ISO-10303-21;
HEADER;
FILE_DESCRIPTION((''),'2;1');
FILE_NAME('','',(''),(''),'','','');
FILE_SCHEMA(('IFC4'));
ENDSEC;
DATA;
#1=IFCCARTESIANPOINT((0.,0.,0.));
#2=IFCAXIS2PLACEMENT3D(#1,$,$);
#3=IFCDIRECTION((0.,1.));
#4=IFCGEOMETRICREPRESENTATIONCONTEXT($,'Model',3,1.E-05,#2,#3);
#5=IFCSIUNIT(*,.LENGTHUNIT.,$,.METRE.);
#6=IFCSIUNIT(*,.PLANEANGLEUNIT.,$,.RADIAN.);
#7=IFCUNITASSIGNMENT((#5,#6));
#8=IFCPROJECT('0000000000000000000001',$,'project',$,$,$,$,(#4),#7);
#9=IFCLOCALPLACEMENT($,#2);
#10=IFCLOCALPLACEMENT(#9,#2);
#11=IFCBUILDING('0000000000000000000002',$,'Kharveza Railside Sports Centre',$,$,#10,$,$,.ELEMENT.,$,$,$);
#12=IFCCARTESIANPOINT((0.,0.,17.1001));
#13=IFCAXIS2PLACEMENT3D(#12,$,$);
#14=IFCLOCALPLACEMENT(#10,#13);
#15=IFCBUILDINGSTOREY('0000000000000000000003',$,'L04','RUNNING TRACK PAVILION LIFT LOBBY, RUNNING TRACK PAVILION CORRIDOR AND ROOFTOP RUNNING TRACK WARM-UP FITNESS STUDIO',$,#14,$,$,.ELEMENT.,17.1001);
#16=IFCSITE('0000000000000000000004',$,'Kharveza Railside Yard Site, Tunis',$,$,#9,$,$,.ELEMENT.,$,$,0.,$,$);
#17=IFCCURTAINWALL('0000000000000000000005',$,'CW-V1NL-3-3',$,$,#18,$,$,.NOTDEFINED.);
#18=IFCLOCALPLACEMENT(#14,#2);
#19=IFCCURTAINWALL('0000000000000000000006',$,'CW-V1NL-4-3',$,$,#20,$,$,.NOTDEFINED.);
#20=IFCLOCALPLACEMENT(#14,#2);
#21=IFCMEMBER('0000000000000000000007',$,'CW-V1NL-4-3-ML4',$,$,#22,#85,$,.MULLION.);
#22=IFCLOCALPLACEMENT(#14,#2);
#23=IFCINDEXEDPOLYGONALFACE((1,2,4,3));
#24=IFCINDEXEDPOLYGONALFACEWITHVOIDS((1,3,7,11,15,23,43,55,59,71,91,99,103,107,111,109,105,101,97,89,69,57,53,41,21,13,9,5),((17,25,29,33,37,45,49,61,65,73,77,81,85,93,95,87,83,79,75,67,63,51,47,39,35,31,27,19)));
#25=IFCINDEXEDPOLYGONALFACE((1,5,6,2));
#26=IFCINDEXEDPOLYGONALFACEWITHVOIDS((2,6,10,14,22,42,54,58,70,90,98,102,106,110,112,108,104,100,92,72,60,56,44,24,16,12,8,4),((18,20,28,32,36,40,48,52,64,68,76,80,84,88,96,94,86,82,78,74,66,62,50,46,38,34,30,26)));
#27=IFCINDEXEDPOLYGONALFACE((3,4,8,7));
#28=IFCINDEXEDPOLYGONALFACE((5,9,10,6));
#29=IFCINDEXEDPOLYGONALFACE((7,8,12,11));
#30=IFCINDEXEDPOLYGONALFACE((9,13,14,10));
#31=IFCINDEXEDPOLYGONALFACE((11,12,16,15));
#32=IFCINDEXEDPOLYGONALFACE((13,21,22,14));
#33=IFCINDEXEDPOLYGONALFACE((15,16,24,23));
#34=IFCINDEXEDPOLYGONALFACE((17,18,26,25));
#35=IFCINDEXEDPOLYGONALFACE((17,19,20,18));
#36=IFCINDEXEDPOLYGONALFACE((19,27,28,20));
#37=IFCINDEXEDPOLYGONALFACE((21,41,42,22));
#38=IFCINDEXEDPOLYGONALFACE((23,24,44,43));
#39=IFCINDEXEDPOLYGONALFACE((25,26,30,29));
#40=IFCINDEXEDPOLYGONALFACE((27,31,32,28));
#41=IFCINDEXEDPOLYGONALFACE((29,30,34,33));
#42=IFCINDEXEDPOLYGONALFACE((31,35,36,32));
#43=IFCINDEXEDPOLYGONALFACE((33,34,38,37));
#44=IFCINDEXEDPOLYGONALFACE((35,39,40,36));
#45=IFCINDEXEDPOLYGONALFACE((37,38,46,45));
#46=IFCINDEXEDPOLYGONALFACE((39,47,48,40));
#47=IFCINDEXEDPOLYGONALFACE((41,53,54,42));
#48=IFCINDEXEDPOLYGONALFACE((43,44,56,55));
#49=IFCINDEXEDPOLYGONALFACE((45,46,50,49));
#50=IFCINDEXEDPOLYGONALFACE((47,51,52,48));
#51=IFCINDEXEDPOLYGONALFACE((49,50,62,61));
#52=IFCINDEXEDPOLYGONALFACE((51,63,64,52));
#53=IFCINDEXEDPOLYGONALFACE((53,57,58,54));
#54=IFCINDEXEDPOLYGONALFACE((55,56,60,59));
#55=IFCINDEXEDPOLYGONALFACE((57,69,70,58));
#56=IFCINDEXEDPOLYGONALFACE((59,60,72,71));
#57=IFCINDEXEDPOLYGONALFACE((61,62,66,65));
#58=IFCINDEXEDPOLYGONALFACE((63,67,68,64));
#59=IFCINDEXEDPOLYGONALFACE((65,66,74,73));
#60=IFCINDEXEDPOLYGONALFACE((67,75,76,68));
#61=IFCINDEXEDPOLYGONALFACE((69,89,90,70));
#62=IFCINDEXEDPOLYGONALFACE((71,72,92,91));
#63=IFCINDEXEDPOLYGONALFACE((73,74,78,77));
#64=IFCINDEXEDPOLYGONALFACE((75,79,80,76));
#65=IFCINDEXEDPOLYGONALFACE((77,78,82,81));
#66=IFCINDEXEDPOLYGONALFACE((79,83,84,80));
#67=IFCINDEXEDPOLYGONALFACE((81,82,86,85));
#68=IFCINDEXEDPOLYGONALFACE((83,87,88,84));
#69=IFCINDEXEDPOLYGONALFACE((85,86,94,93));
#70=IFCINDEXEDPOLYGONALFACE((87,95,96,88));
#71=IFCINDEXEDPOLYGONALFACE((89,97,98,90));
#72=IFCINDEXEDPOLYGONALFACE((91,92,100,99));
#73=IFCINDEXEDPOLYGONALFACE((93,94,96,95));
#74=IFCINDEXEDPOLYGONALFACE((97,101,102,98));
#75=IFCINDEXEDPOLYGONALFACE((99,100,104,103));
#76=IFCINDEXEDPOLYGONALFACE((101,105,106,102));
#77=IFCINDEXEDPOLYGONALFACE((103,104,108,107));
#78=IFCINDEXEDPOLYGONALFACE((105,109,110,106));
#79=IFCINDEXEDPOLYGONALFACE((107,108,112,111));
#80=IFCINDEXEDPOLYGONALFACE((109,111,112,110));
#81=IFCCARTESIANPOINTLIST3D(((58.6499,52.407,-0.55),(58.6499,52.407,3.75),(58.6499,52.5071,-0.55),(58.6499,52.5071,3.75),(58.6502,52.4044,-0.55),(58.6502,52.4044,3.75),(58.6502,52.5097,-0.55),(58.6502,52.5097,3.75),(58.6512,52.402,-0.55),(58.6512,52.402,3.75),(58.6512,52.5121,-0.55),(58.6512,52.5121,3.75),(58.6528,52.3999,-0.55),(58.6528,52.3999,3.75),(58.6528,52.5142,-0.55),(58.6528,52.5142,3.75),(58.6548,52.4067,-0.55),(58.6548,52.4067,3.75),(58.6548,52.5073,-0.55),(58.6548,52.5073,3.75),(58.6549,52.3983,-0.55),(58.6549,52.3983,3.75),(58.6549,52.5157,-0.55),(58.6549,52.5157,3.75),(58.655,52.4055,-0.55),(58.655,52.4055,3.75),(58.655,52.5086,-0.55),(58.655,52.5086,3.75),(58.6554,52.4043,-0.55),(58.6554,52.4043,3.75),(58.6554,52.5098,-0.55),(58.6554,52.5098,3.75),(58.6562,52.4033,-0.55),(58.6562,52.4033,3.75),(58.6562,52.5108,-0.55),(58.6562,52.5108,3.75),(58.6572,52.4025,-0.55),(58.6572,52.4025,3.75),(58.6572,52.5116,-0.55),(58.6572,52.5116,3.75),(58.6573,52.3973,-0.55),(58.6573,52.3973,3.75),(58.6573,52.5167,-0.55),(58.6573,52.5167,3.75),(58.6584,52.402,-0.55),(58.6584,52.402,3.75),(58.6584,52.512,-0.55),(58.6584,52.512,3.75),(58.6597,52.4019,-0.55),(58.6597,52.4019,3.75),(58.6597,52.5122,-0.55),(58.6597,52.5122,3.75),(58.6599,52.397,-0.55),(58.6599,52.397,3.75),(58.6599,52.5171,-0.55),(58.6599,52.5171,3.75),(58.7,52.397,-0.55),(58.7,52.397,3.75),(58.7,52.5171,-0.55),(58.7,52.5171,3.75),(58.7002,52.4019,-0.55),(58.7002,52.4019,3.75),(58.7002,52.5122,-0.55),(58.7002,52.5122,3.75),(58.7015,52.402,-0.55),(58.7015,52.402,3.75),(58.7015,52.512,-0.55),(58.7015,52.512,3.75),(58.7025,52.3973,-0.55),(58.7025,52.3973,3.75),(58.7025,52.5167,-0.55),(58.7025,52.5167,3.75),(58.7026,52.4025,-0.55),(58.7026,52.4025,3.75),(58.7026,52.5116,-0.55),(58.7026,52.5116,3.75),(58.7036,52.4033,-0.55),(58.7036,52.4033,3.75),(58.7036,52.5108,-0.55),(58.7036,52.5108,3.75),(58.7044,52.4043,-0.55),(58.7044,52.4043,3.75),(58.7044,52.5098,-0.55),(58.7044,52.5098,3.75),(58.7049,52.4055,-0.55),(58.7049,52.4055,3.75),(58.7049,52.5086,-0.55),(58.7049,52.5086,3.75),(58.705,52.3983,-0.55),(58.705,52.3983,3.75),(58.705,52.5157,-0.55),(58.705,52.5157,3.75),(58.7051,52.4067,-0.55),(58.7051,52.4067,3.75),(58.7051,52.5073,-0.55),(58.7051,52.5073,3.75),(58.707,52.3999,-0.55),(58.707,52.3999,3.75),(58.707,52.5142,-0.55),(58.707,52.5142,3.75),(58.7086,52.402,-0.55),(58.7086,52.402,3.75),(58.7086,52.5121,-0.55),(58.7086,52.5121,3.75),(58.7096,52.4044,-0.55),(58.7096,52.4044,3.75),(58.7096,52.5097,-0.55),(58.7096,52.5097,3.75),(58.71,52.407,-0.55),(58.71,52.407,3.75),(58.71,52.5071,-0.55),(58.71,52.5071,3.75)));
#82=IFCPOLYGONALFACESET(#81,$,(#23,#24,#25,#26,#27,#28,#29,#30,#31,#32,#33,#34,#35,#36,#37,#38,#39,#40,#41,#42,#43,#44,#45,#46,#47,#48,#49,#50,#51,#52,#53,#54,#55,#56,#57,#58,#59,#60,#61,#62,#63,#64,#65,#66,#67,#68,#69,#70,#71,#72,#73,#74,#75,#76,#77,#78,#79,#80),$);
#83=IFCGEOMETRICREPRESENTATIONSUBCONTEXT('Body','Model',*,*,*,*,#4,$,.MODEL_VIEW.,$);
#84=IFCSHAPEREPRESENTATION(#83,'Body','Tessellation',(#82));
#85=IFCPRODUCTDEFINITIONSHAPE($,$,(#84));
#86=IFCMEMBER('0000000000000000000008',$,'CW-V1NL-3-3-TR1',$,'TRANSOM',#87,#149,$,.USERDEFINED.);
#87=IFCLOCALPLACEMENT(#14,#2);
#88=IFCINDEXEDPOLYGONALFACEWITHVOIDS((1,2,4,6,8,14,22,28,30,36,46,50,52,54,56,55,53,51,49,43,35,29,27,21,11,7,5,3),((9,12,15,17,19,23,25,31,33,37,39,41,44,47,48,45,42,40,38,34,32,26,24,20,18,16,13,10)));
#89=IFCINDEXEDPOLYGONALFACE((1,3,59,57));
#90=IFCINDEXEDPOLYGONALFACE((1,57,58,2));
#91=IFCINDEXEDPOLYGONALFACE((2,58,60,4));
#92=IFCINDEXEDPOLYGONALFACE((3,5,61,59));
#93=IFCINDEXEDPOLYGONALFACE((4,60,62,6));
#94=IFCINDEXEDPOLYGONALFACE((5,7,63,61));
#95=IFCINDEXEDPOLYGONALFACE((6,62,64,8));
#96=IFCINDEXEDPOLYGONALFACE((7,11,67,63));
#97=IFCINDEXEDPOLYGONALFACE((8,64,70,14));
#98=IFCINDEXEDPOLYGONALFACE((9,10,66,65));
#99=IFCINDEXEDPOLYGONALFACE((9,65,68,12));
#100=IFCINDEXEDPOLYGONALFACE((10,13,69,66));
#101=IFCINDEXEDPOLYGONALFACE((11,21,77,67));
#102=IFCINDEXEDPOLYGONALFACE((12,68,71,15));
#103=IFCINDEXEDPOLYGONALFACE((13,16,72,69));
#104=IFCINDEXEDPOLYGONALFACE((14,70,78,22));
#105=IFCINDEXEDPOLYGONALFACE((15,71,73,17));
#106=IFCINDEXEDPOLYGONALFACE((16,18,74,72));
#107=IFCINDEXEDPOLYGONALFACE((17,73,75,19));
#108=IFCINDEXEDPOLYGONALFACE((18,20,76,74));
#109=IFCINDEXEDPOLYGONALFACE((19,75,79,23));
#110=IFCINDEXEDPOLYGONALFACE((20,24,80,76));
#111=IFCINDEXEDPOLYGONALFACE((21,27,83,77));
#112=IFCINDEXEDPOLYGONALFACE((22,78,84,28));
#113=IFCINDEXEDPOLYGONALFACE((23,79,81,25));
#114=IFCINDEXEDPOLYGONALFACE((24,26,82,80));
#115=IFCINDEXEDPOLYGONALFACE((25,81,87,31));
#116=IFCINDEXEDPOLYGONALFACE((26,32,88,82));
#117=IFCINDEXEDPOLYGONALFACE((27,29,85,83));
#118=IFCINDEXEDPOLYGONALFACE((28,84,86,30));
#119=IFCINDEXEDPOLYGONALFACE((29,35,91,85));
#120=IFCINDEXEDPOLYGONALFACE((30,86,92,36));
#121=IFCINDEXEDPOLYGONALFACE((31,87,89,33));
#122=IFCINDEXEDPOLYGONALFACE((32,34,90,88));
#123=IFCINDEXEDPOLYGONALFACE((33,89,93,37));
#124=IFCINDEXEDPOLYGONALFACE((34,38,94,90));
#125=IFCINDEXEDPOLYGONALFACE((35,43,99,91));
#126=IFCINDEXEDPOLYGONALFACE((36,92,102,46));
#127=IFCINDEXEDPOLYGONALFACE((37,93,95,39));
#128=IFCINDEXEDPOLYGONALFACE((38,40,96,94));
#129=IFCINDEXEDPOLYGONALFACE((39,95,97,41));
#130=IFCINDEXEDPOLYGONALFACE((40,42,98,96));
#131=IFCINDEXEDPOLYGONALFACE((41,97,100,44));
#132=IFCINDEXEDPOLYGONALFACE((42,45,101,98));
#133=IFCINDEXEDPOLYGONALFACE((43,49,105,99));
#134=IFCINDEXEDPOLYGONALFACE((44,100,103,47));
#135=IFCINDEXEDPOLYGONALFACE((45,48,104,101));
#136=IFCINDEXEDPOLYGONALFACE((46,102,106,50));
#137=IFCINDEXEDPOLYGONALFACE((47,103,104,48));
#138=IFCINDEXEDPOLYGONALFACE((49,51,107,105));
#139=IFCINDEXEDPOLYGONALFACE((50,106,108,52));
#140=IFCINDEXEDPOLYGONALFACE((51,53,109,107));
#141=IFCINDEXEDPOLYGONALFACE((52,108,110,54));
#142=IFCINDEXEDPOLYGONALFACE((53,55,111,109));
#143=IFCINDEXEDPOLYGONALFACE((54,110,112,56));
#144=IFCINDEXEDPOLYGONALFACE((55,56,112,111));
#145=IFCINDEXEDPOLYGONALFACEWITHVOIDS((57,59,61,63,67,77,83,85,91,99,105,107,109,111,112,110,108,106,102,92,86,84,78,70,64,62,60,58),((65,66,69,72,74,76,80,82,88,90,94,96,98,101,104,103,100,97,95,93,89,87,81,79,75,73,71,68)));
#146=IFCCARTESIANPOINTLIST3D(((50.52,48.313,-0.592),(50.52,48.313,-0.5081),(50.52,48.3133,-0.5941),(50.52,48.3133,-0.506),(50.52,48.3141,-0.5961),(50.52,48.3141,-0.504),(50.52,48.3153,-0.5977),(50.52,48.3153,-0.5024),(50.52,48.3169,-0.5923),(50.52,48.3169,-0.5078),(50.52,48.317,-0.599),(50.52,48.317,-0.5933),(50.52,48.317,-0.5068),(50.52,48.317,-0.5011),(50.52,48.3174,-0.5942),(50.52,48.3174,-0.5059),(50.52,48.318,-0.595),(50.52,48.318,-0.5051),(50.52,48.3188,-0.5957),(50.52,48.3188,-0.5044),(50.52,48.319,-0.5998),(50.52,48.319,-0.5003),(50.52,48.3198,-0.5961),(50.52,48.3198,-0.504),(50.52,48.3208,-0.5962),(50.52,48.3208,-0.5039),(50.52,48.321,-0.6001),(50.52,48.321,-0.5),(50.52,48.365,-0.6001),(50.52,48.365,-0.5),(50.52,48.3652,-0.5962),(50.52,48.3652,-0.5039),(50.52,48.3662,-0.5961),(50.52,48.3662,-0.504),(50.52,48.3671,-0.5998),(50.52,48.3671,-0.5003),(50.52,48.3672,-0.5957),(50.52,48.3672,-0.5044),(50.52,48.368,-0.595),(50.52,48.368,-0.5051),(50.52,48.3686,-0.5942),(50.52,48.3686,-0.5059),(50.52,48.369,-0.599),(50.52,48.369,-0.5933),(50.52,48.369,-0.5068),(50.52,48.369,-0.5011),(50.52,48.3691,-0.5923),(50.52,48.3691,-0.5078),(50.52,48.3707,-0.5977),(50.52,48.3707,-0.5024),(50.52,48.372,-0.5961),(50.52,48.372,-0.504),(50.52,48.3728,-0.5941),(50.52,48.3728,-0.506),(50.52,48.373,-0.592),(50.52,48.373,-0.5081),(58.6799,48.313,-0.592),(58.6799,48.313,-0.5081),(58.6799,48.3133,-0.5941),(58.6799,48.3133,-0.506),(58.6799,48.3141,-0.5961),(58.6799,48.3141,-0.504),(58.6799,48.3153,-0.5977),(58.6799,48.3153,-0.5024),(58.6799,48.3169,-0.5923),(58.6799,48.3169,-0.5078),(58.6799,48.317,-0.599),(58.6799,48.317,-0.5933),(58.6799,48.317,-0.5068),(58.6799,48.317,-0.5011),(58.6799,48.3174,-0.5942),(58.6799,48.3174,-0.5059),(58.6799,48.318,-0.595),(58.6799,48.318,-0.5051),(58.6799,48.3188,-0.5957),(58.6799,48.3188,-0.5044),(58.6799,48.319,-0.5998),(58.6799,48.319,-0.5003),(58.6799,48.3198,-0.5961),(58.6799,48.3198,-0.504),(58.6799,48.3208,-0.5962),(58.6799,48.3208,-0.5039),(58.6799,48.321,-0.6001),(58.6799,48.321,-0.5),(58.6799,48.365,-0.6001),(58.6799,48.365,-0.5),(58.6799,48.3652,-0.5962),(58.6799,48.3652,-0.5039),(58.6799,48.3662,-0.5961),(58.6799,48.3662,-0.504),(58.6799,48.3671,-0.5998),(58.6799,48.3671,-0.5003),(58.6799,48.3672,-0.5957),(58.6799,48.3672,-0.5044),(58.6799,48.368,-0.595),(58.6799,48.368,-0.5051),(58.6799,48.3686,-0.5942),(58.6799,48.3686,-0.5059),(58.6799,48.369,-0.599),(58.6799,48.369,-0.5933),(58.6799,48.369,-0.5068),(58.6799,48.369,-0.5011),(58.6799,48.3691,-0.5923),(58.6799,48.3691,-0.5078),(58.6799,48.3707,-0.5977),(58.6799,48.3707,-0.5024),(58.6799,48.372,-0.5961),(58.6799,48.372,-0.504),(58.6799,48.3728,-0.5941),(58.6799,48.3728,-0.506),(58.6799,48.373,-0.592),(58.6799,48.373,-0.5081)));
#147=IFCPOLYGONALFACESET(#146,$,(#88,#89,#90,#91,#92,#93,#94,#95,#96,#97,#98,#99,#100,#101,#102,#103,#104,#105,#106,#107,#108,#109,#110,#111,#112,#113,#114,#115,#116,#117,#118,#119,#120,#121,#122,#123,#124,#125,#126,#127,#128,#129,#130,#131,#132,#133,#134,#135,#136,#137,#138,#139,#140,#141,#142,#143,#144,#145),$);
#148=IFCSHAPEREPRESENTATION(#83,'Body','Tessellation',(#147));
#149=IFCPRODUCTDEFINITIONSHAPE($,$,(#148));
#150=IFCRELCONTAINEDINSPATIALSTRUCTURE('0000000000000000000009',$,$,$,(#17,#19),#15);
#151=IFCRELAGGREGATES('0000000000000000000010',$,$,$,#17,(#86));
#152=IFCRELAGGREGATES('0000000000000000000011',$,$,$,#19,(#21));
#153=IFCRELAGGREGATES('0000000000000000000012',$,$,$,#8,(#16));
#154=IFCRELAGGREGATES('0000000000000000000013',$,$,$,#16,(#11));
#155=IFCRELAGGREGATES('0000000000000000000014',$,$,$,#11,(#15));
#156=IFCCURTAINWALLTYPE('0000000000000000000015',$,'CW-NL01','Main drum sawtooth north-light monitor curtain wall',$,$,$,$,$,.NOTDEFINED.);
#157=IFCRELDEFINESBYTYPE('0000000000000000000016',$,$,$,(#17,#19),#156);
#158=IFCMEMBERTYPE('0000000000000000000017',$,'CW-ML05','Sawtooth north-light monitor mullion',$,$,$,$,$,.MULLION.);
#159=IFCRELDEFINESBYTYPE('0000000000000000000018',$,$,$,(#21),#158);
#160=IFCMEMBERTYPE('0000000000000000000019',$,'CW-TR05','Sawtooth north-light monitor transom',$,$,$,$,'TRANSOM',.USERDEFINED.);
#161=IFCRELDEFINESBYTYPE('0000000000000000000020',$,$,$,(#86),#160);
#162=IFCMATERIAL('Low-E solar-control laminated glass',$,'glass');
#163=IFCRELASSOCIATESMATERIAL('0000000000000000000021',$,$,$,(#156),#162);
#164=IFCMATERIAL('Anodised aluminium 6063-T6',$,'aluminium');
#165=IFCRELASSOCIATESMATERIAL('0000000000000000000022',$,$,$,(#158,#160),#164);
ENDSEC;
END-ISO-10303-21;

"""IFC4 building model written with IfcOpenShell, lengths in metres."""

from ifc_helpers import new_model, si_unit, direction, frame, origin, origin_2d, place, context, subcontext, project, spatial, hollow_rectangle, extrude, material, material_profile, profile_set, type_object, element, aggregate, save


model = new_model("IFC4")

# Units and contexts
model_context = context("Model", 3, precision=1e-05, world=origin(), true_north=direction((0.0, 1.0)))
body_context = subcontext(model_context, "Body", "Model", "MODEL_VIEW")
ifc_project = project(units=[si_unit("LENGTHUNIT", "METRE"), si_unit("PLANEANGLEUNIT", "RADIAN")], contexts=[model_context])

# Site, building, storey
site_placement = place(None, origin())
site = spatial("IfcSite", under=ifc_project, at=site_placement, Name="Kharveza Railside Yard Site, Tunis", CompositionType="ELEMENT", RefElevation=0.0)
building_placement = place(site_placement, origin())
building = spatial("IfcBuilding", under=site, at=building_placement, Name="Kharveza Railside Sports Centre", CompositionType="ELEMENT")
storey_placement = place(building_placement, frame((0.0, 0.0, 17.1001)))
storey = spatial("IfcBuildingStorey", under=building, at=storey_placement, Name="L04", Description="RUNNING TRACK PAVILION LIFT LOBBY, RUNNING TRACK PAVILION CORRIDOR AND ROOFTOP RUNNING TRACK WARM-UP FITNESS STUDIO", CompositionType="ELEMENT", Elevation=17.1001)

# Curtain wall
ifc_material_1 = material(Name="Low-E solar-control laminated glass", Category="glass")
curtain_wall_type = type_object("IfcCurtainWallType", Name="CW-NL01", Description="Main drum sawtooth north-light monitor curtain wall", PredefinedType="NOTDEFINED", material=ifc_material_1)
curtain_wall_1_placement = place(storey_placement, origin())
curtain_wall_1 = element("IfcCurtainWall", 1, at=curtain_wall_1_placement, inside=storey, type_object=curtain_wall_type, Name="CW-V1NL-3-3", PredefinedType="NOTDEFINED")
ifc_material_2 = material(Name="Anodised aluminium 6063-T6", Category="aluminium")
ifc_material_profile_1 = material_profile(ifc_material_2, hollow_rectangle(XDim=0.0601, YDim=0.1201, WallThickness=0.0049, InnerFilletRadius=0.0049, OuterFilletRadius=0.01, at=origin_2d()), Name="RHS 60x120x5.0")
ifc_profile_set_1 = profile_set([ifc_material_profile_1], Name="Anodised aluminium 6063-T6")
member_type_1 = type_object("IfcMemberType", Name="CW-ML05", Description="Sawtooth north-light monitor mullion", PredefinedType="MULLION", material=ifc_profile_set_1)

# Curtain wall, member
curtain_wall_2_placement = place(storey_placement, origin())
curtain_wall_2 = element("IfcCurtainWall", 2, at=curtain_wall_2_placement, inside=storey, type_object=curtain_wall_type, Name="CW-V1NL-4-3", PredefinedType="NOTDEFINED")
member_1_placement = place(storey_placement, frame((58.6799, 52.457, -0.55), z_axis=(0.0, 0.0, 1.0), x_axis=(1.0, 0.0, 0.0)))
member_1 = element("IfcMember", 3, at=member_1_placement, type_object=member_type_1, Name="CW-V1NL-4-3-ML4", PredefinedType="MULLION", context=body_context, shape_type="SweptSolid", body=[
    extrude(hollow_rectangle(XDim=0.0601, YDim=0.1201, WallThickness=0.0049, InnerFilletRadius=0.0049, OuterFilletRadius=0.01, at=origin_2d()), origin(), (0.0, 0.0, 1.0), 4.3),
])

# Member
ifc_material_profile_2 = material_profile(ifc_material_2, hollow_rectangle(XDim=0.0601, YDim=0.1001, WallThickness=0.0039, InnerFilletRadius=0.0039, OuterFilletRadius=0.0081, at=origin_2d()), Name="RHS 60x100x4.0")
ifc_profile_set_2 = profile_set([ifc_material_profile_2], Name="Anodised aluminium 6063-T6")
member_type_2 = type_object("IfcMemberType", Name="CW-TR05", Description="Sawtooth north-light monitor transom", ElementType="TRANSOM", PredefinedType="USERDEFINED", material=ifc_profile_set_2)
member_2_placement = place(storey_placement, frame((50.52, 48.343, -0.55), z_axis=(1.0, 0.0, 0.0), x_axis=(0.0, 1.0, 0.0)))
member_2 = element("IfcMember", 4, at=member_2_placement, type_object=member_type_2, Name="CW-V1NL-3-3-TR1", ObjectType="TRANSOM", PredefinedType="USERDEFINED", context=body_context, shape_type="SweptSolid", body=[
    extrude(hollow_rectangle(XDim=0.0601, YDim=0.1001, WallThickness=0.0039, InnerFilletRadius=0.0039, OuterFilletRadius=0.0081, at=origin_2d()), origin(), (0.0, 0.0, 1.0), 8.1599),
])

aggregate(curtain_wall_1, [member_2])
aggregate(curtain_wall_2, [member_1])

save(model, "model.ifc")
